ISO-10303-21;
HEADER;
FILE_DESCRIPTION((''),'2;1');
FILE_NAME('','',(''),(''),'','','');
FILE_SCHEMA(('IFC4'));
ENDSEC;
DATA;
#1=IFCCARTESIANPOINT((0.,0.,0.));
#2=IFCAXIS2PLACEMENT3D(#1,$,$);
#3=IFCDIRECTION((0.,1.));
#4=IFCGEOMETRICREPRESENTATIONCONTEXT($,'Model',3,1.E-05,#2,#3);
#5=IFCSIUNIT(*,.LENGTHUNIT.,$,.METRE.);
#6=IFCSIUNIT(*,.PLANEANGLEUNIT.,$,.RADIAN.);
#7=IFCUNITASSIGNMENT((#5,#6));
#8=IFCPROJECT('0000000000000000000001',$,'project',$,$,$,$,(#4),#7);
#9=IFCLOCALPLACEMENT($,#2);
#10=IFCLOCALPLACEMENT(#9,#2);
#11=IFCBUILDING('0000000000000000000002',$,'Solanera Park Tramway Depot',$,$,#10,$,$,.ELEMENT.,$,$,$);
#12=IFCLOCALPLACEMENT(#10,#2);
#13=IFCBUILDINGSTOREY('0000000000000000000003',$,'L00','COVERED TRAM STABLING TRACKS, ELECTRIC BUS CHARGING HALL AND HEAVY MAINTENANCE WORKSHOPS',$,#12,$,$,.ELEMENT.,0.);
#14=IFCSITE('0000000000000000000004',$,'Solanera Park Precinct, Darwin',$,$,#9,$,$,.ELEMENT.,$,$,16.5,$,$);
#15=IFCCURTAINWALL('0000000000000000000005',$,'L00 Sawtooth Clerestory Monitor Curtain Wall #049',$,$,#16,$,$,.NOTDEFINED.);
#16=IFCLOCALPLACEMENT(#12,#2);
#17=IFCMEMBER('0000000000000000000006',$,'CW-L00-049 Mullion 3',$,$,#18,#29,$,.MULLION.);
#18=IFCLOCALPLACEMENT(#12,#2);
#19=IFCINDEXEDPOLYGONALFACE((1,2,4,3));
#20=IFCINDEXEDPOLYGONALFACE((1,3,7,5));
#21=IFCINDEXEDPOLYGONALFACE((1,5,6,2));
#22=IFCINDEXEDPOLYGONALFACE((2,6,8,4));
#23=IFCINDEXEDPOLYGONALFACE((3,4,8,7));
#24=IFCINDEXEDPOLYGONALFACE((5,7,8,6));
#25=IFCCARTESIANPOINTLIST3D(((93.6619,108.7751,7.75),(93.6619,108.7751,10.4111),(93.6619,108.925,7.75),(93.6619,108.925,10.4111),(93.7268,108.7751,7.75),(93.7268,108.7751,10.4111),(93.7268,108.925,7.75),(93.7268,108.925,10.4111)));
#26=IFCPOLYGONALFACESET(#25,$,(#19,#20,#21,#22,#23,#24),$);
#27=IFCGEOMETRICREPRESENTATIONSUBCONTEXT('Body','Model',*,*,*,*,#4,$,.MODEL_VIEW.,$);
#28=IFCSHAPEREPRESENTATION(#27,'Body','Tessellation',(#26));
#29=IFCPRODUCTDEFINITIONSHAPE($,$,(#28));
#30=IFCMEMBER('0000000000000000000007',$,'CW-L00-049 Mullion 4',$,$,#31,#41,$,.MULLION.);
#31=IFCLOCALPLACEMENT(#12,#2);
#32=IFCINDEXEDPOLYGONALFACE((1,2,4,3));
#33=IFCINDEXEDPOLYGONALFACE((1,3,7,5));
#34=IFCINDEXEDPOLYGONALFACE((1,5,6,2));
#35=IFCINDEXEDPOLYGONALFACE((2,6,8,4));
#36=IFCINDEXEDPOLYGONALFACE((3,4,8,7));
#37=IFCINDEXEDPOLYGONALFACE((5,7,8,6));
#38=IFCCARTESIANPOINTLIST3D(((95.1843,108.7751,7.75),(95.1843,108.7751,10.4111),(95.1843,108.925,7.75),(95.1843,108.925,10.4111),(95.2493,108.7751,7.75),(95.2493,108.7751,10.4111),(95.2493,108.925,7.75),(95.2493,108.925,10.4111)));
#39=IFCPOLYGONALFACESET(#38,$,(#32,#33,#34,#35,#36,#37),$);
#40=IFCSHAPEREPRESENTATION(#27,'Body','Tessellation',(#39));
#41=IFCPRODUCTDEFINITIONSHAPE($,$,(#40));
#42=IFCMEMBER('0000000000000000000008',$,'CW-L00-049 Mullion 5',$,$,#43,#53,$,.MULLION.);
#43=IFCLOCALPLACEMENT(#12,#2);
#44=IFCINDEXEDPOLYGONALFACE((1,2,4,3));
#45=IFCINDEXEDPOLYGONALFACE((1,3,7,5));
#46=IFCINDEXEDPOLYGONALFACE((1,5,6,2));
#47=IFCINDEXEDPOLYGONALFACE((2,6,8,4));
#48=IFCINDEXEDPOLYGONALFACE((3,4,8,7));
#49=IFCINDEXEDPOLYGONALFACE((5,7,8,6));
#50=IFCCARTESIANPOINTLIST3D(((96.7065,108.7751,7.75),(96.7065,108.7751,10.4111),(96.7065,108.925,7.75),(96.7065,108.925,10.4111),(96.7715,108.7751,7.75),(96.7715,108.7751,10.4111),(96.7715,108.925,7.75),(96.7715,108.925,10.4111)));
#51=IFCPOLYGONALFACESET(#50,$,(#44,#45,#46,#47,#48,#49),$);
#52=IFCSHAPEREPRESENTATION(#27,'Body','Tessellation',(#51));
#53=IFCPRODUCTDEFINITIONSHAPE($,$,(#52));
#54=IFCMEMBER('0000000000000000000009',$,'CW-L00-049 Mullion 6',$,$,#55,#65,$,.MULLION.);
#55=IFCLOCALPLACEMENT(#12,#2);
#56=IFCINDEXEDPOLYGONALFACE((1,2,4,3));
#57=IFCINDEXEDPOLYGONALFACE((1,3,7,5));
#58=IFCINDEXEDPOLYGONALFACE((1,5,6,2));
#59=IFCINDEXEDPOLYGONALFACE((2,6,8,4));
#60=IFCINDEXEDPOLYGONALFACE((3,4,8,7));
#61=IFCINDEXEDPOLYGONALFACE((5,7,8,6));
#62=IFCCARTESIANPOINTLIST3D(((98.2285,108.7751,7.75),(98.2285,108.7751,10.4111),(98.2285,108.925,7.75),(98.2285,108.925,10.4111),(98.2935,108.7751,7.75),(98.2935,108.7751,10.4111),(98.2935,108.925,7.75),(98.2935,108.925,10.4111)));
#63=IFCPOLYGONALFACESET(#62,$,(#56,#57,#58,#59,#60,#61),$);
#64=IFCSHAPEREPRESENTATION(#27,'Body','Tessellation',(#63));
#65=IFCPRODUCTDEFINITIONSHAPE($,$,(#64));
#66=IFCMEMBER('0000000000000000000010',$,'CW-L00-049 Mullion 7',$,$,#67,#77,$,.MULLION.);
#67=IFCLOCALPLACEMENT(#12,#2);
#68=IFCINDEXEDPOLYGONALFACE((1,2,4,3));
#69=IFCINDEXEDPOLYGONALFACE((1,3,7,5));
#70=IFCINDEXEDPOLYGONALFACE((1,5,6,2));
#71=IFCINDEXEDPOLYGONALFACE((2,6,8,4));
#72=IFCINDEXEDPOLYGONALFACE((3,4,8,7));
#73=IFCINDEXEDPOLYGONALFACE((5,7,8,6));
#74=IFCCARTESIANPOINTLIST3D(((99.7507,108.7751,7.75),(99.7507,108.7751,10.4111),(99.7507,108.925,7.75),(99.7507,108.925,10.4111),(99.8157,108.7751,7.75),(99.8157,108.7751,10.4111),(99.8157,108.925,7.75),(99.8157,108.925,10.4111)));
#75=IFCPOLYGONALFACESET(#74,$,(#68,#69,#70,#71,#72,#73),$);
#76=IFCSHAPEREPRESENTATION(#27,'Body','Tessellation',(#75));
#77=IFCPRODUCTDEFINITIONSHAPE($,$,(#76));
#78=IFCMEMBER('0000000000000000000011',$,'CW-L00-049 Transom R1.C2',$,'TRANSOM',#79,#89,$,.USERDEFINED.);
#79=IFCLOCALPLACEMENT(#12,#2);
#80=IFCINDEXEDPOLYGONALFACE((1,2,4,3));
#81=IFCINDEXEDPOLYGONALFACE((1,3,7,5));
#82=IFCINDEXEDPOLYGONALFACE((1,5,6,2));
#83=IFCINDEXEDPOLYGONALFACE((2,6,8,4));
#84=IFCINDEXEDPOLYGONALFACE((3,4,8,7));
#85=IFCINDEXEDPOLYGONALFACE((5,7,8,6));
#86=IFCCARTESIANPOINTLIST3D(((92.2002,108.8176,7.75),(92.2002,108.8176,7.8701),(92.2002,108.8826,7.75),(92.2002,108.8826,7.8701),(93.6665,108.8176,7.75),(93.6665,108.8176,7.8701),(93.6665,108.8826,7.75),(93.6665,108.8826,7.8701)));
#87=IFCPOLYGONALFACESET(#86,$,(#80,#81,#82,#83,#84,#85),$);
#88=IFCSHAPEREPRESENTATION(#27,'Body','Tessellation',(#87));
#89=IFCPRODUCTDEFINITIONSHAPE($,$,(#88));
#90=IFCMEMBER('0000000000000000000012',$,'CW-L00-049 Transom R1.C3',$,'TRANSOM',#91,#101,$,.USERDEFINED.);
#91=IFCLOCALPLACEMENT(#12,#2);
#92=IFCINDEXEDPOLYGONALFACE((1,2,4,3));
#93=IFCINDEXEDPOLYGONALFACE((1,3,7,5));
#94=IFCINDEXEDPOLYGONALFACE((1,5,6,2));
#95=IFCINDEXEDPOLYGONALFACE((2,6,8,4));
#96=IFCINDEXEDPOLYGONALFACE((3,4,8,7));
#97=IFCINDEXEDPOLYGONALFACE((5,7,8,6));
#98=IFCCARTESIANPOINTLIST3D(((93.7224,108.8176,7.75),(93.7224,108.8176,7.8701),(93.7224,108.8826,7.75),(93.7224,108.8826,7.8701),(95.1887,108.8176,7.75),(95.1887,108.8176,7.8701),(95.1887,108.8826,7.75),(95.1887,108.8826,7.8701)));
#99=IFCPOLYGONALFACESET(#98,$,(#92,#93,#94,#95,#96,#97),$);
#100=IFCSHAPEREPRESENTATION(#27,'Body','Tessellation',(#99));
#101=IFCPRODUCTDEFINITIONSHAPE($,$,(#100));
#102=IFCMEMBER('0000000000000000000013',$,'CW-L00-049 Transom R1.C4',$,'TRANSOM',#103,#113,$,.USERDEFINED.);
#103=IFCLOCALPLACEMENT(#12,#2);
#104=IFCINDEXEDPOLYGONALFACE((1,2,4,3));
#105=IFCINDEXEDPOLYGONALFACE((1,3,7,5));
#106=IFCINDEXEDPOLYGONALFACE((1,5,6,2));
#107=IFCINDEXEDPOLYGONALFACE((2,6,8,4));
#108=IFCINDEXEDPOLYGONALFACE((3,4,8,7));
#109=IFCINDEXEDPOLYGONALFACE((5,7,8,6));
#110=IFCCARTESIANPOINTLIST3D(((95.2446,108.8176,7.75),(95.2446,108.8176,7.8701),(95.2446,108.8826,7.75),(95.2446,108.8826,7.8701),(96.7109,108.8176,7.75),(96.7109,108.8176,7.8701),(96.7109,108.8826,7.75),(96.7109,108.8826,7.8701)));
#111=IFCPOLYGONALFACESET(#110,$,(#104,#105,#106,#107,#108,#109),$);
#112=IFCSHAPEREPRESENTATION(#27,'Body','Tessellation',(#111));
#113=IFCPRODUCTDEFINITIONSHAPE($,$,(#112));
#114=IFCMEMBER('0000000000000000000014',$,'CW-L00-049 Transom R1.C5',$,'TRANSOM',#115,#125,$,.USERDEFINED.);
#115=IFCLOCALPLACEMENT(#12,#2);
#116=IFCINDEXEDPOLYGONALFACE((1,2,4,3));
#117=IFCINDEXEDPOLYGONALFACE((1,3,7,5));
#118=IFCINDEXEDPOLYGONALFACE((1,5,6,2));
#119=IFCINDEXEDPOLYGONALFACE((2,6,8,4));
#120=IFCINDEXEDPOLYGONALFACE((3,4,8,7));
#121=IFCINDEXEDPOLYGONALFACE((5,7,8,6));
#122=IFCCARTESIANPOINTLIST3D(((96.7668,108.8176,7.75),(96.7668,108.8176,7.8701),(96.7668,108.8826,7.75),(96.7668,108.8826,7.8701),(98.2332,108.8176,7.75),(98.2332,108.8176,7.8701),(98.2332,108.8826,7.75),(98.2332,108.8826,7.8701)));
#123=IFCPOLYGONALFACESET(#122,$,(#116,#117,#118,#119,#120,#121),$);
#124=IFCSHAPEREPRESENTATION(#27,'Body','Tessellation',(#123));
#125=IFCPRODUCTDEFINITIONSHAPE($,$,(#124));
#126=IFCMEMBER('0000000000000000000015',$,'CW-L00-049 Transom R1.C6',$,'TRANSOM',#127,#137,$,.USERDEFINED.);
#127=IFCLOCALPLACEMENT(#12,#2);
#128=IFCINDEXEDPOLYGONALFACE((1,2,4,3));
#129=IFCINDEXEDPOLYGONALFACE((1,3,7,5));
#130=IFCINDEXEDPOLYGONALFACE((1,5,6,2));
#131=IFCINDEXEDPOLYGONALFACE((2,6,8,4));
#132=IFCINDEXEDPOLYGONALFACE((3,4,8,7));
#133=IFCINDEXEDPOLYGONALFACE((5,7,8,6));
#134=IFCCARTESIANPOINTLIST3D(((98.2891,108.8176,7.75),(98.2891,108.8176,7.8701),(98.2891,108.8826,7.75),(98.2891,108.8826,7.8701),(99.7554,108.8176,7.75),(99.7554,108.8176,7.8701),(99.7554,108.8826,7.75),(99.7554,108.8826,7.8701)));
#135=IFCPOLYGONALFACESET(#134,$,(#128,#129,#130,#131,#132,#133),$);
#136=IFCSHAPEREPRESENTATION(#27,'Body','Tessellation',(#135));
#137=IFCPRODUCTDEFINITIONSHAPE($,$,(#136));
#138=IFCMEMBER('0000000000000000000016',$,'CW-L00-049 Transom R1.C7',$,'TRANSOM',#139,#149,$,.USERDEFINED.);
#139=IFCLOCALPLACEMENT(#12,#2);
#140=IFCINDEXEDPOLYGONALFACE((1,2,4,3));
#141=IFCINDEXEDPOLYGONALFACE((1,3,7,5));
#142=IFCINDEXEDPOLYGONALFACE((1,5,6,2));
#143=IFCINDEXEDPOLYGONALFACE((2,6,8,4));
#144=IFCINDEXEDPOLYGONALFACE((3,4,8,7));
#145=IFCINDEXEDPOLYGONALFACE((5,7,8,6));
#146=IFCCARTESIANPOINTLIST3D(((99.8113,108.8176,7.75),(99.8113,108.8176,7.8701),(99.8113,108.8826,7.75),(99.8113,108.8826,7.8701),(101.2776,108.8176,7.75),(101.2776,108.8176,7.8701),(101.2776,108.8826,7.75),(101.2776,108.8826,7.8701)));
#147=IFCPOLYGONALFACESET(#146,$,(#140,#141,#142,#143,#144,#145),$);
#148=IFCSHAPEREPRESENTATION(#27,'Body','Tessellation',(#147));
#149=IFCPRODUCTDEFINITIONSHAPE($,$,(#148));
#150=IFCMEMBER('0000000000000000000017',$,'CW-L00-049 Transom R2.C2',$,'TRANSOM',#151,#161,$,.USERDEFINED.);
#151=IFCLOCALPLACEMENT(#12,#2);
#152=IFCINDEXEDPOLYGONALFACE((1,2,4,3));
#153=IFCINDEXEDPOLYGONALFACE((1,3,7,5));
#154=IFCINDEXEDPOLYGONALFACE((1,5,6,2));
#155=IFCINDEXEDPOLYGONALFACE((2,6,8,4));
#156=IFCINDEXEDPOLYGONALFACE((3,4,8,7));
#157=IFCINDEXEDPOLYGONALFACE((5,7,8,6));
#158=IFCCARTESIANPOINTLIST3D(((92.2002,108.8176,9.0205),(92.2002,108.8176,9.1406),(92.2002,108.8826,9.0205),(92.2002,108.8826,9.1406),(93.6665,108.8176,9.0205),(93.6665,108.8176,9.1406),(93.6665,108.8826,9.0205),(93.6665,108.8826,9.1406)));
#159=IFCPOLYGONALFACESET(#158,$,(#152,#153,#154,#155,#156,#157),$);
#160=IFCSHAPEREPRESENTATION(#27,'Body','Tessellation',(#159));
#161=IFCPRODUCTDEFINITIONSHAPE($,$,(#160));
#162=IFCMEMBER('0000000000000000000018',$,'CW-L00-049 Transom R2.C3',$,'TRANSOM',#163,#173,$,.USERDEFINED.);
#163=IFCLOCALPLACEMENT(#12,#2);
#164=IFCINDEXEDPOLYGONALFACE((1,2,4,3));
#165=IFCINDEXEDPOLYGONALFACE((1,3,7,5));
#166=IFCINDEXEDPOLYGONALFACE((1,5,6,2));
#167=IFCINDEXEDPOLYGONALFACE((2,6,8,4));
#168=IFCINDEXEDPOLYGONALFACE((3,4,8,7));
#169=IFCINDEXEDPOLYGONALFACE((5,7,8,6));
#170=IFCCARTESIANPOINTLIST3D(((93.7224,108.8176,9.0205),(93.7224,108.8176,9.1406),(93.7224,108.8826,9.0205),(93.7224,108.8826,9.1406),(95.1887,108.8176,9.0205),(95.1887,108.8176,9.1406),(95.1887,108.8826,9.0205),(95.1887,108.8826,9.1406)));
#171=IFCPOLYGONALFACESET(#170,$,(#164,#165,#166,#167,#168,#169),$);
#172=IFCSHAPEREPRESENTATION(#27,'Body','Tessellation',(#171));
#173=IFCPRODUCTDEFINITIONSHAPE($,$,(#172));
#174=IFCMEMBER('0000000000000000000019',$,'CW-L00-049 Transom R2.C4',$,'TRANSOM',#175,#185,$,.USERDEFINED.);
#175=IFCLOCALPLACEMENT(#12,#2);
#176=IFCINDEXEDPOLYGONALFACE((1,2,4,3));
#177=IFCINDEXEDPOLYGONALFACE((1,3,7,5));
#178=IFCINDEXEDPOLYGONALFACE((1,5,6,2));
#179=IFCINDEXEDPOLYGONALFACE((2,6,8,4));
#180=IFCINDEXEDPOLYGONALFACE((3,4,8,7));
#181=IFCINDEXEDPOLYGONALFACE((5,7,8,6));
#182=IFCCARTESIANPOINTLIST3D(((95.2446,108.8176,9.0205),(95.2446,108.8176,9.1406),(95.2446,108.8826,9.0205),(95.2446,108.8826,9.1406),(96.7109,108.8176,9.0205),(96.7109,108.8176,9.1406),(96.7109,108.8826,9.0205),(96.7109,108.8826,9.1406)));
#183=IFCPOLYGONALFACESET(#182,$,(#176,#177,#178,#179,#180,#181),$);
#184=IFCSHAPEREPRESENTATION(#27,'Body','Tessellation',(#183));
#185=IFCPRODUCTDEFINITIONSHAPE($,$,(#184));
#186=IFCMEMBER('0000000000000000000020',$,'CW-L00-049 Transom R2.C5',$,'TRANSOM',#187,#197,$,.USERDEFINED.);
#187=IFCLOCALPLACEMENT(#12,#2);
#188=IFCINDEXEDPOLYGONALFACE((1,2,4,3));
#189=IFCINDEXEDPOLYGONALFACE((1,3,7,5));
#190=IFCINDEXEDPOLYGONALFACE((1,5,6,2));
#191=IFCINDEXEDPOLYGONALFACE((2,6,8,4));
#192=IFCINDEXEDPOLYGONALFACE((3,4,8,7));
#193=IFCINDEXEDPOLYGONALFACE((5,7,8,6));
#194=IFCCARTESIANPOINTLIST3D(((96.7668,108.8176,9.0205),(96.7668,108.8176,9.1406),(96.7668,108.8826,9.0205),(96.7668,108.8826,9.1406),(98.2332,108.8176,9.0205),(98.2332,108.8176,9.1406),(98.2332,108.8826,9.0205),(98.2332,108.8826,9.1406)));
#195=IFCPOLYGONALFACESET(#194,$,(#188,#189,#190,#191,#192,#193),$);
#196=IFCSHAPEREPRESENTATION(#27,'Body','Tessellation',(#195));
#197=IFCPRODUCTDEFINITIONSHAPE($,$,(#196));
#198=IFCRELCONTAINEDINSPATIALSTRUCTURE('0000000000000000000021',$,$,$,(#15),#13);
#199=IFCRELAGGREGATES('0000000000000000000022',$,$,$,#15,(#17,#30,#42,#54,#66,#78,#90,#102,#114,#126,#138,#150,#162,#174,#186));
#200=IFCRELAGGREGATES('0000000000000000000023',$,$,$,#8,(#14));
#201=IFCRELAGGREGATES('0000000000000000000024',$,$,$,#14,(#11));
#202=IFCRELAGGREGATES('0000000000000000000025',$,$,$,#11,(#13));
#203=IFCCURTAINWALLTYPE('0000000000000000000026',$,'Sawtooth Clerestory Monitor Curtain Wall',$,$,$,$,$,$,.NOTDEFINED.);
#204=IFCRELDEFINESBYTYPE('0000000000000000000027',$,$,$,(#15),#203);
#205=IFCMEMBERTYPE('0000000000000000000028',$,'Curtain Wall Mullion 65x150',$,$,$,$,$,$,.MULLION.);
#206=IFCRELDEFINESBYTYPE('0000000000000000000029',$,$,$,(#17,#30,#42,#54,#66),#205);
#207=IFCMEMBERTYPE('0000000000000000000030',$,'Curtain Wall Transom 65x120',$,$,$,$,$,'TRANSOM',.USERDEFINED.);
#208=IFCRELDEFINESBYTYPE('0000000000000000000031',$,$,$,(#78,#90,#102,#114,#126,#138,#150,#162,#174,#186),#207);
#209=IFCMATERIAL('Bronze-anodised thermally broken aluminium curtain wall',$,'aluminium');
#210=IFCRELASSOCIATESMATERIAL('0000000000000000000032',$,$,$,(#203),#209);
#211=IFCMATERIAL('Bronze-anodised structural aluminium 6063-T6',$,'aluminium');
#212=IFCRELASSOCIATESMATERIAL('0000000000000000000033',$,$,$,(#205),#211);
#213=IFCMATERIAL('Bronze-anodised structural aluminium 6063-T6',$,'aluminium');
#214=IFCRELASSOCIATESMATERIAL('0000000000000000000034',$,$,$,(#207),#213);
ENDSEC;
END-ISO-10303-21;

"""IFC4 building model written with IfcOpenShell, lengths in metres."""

from ifc_helpers import new_model, si_unit, direction, frame, origin, origin_2d, place, context, subcontext, project, spatial, rectangle, extrude, material, material_profile, profile_set, type_object, element, aggregate, save


model = new_model("IFC4")

# Units and contexts
model_context = context("Model", 3, precision=1e-05, world=origin(), true_north=direction((0.0, 1.0)))
body_context = subcontext(model_context, "Body", "Model", "MODEL_VIEW")
ifc_project = project(units=[si_unit("LENGTHUNIT", "METRE"), si_unit("PLANEANGLEUNIT", "RADIAN")], contexts=[model_context])

# Site, building, storey
site_placement = place(None, origin())
site = spatial("IfcSite", under=ifc_project, at=site_placement, Name="Solanera Park Precinct, Darwin", CompositionType="ELEMENT", RefElevation=16.5)
building_placement = place(site_placement, origin())
building = spatial("IfcBuilding", under=site, at=building_placement, Name="Solanera Park Tramway Depot", CompositionType="ELEMENT")
storey_placement = place(building_placement, origin())
storey = spatial("IfcBuildingStorey", under=building, at=storey_placement, Name="L00", Description="COVERED TRAM STABLING TRACKS, ELECTRIC BUS CHARGING HALL AND HEAVY MAINTENANCE WORKSHOPS", CompositionType="ELEMENT", Elevation=0.0)

# Curtain wall, members
ifc_material_1 = material(Name="Bronze-anodised thermally broken aluminium curtain wall", Category="aluminium")
curtain_wall_type = type_object("IfcCurtainWallType", Name="Sawtooth Clerestory Monitor Curtain Wall", PredefinedType="NOTDEFINED", material=ifc_material_1)
curtain_wall_placement = place(storey_placement, origin())
curtain_wall = element("IfcCurtainWall", 1, at=curtain_wall_placement, inside=storey, type_object=curtain_wall_type, Name="L00 Sawtooth Clerestory Monitor Curtain Wall #049", PredefinedType="NOTDEFINED")
ifc_material_2 = material(Name="Bronze-anodised structural aluminium 6063-T6", Category="aluminium")
ifc_material_profile_1 = material_profile(ifc_material_2, rectangle(XDim=0.0649, YDim=0.1499, at=origin_2d()), Name="Curtain Wall Mullion 65x150")
ifc_profile_set_1 = profile_set([ifc_material_profile_1], Name="Bronze-anodised structural aluminium 6063-T6")
member_type_1 = type_object("IfcMemberType", Name="Curtain Wall Mullion 65x150", PredefinedType="MULLION", material=ifc_profile_set_1)
member_1_placement = place(storey_placement, frame((93.6943, 108.8501, 7.75), z_axis=(0.0, 0.0, 1.0), x_axis=(1.0, 0.0, 0.0)))
member_1 = element("IfcMember", 2, at=member_1_placement, type_object=member_type_1, Name="CW-L00-049 Mullion 3", PredefinedType="MULLION", context=body_context, shape_type="SweptSolid", body=[
    extrude(rectangle(XDim=0.0649, YDim=0.1499, at=origin_2d()), origin(), (0.0, 0.0, 1.0), 2.6611),
])
member_2_placement = place(storey_placement, frame((95.2168, 108.8501, 7.75), z_axis=(0.0, 0.0, 1.0), x_axis=(1.0, 0.0, 0.0)))
member_2 = element("IfcMember", 3, at=member_2_placement, type_object=member_type_1, Name="CW-L00-049 Mullion 4", PredefinedType="MULLION", context=body_context, shape_type="SweptSolid", body=[
    extrude(rectangle(XDim=0.0649, YDim=0.1499, at=origin_2d()), origin(), (0.0, 0.0, 1.0), 2.6611),
])
member_3_placement = place(storey_placement, frame((96.739, 108.8501, 7.75), z_axis=(0.0, 0.0, 1.0), x_axis=(1.0, 0.0, 0.0)))
member_3 = element("IfcMember", 4, at=member_3_placement, type_object=member_type_1, Name="CW-L00-049 Mullion 5", PredefinedType="MULLION", context=body_context, shape_type="SweptSolid", body=[
    extrude(rectangle(XDim=0.0649, YDim=0.1499, at=origin_2d()), origin(), (0.0, 0.0, 1.0), 2.6611),
])
member_4_placement = place(storey_placement, frame((98.261, 108.8501, 7.75), z_axis=(0.0, 0.0, 1.0), x_axis=(1.0, 0.0, 0.0)))
member_4 = element("IfcMember", 5, at=member_4_placement, type_object=member_type_1, Name="CW-L00-049 Mullion 6", PredefinedType="MULLION", context=body_context, shape_type="SweptSolid", body=[
    extrude(rectangle(XDim=0.0649, YDim=0.1499, at=origin_2d()), origin(), (0.0, 0.0, 1.0), 2.6611),
])
member_5_placement = place(storey_placement, frame((99.7832, 108.8501, 7.75), z_axis=(0.0, 0.0, 1.0), x_axis=(1.0, 0.0, 0.0)))
member_5 = element("IfcMember", 6, at=member_5_placement, type_object=member_type_1, Name="CW-L00-049 Mullion 7", PredefinedType="MULLION", context=body_context, shape_type="SweptSolid", body=[
    extrude(rectangle(XDim=0.0649, YDim=0.1499, at=origin_2d()), origin(), (0.0, 0.0, 1.0), 2.6611),
])
ifc_material_3 = material(Name="Bronze-anodised structural aluminium 6063-T6", Category="aluminium")
ifc_material_profile_2 = material_profile(ifc_material_3, rectangle(XDim=0.0649, YDim=0.1201, at=origin_2d()), Name="Curtain Wall Transom 65x120")
ifc_profile_set_2 = profile_set([ifc_material_profile_2], Name="Bronze-anodised structural aluminium 6063-T6")
member_type_2 = type_object("IfcMemberType", Name="Curtain Wall Transom 65x120", ElementType="TRANSOM", PredefinedType="USERDEFINED", material=ifc_profile_set_2)
member_6_placement = place(storey_placement, frame((92.2002, 108.8501, 7.8101), z_axis=(1.0, 0.0, 0.0), x_axis=(0.0, 1.0, 0.0)))
member_6 = element("IfcMember", 7, at=member_6_placement, type_object=member_type_2, Name="CW-L00-049 Transom R1.C2", ObjectType="TRANSOM", PredefinedType="USERDEFINED", context=body_context, shape_type="SweptSolid", body=[
    extrude(rectangle(XDim=0.0649, YDim=0.1201, at=origin_2d()), origin(), (0.0, 0.0, 1.0), 1.4663),
])
member_7_placement = place(storey_placement, frame((93.7224, 108.8501, 7.8101), z_axis=(1.0, 0.0, 0.0), x_axis=(0.0, 1.0, 0.0)))
member_7 = element("IfcMember", 8, at=member_7_placement, type_object=member_type_2, Name="CW-L00-049 Transom R1.C3", ObjectType="TRANSOM", PredefinedType="USERDEFINED", context=body_context, shape_type="SweptSolid", body=[
    extrude(rectangle(XDim=0.0649, YDim=0.1201, at=origin_2d()), origin(), (0.0, 0.0, 1.0), 1.4663),
])
member_8_placement = place(storey_placement, frame((95.2446, 108.8501, 7.8101), z_axis=(1.0, 0.0, 0.0), x_axis=(0.0, 1.0, 0.0)))
member_8 = element("IfcMember", 9, at=member_8_placement, type_object=member_type_2, Name="CW-L00-049 Transom R1.C4", ObjectType="TRANSOM", PredefinedType="USERDEFINED", context=body_context, shape_type="SweptSolid", body=[
    extrude(rectangle(XDim=0.0649, YDim=0.1201, at=origin_2d()), origin(), (0.0, 0.0, 1.0), 1.4663),
])
member_9_placement = place(storey_placement, frame((96.7668, 108.8501, 7.8101), z_axis=(1.0, 0.0, 0.0), x_axis=(0.0, 1.0, 0.0)))
member_9 = element("IfcMember", 10, at=member_9_placement, type_object=member_type_2, Name="CW-L00-049 Transom R1.C5", ObjectType="TRANSOM", PredefinedType="USERDEFINED", context=body_context, shape_type="SweptSolid", body=[
    extrude(rectangle(XDim=0.0649, YDim=0.1201, at=origin_2d()), origin(), (0.0, 0.0, 1.0), 1.4663),
])
member_10_placement = place(storey_placement, frame((98.2891, 108.8501, 7.8101), z_axis=(1.0, 0.0, 0.0), x_axis=(0.0, 1.0, 0.0)))
member_10 = element("IfcMember", 11, at=member_10_placement, type_object=member_type_2, Name="CW-L00-049 Transom R1.C6", ObjectType="TRANSOM", PredefinedType="USERDEFINED", context=body_context, shape_type="SweptSolid", body=[
    extrude(rectangle(XDim=0.0649, YDim=0.1201, at=origin_2d()), origin(), (0.0, 0.0, 1.0), 1.4663),
])
member_11_placement = place(storey_placement, frame((99.8113, 108.8501, 7.8101), z_axis=(1.0, 0.0, 0.0), x_axis=(0.0, 1.0, 0.0)))
member_11 = element("IfcMember", 12, at=member_11_placement, type_object=member_type_2, Name="CW-L00-049 Transom R1.C7", ObjectType="TRANSOM", PredefinedType="USERDEFINED", context=body_context, shape_type="SweptSolid", body=[
    extrude(rectangle(XDim=0.0649, YDim=0.1201, at=origin_2d()), origin(), (0.0, 0.0, 1.0), 1.4663),
])
member_12_placement = place(storey_placement, frame((92.2002, 108.8501, 9.0806), z_axis=(1.0, 0.0, 0.0), x_axis=(0.0, 1.0, 0.0)))
member_12 = element("IfcMember", 13, at=member_12_placement, type_object=member_type_2, Name="CW-L00-049 Transom R2.C2", ObjectType="TRANSOM", PredefinedType="USERDEFINED", context=body_context, shape_type="SweptSolid", body=[
    extrude(rectangle(XDim=0.0649, YDim=0.1201, at=origin_2d()), origin(), (0.0, 0.0, 1.0), 1.4663),
])
member_13_placement = place(storey_placement, frame((93.7224, 108.8501, 9.0806), z_axis=(1.0, 0.0, 0.0), x_axis=(0.0, 1.0, 0.0)))
member_13 = element("IfcMember", 14, at=member_13_placement, type_object=member_type_2, Name="CW-L00-049 Transom R2.C3", ObjectType="TRANSOM", PredefinedType="USERDEFINED", context=body_context, shape_type="SweptSolid", body=[
    extrude(rectangle(XDim=0.0649, YDim=0.1201, at=origin_2d()), origin(), (0.0, 0.0, 1.0), 1.4663),
])
member_14_placement = place(storey_placement, frame((95.2446, 108.8501, 9.0806), z_axis=(1.0, 0.0, 0.0), x_axis=(0.0, 1.0, 0.0)))
member_14 = element("IfcMember", 15, at=member_14_placement, type_object=member_type_2, Name="CW-L00-049 Transom R2.C4", ObjectType="TRANSOM", PredefinedType="USERDEFINED", context=body_context, shape_type="SweptSolid", body=[
    extrude(rectangle(XDim=0.0649, YDim=0.1201, at=origin_2d()), origin(), (0.0, 0.0, 1.0), 1.4663),
])
member_15_placement = place(storey_placement, frame((96.7668, 108.8501, 9.0806), z_axis=(1.0, 0.0, 0.0), x_axis=(0.0, 1.0, 0.0)))
member_15 = element("IfcMember", 16, at=member_15_placement, type_object=member_type_2, Name="CW-L00-049 Transom R2.C5", ObjectType="TRANSOM", PredefinedType="USERDEFINED", context=body_context, shape_type="SweptSolid", body=[
    extrude(rectangle(XDim=0.0649, YDim=0.1201, at=origin_2d()), origin(), (0.0, 0.0, 1.0), 1.4663),
])
aggregate(curtain_wall, [member_1, member_2, member_3, member_4, member_5, member_6, member_7, member_8, member_9, member_10, member_11, member_12, member_13, member_14, member_15])

save(model, "model.ifc")
